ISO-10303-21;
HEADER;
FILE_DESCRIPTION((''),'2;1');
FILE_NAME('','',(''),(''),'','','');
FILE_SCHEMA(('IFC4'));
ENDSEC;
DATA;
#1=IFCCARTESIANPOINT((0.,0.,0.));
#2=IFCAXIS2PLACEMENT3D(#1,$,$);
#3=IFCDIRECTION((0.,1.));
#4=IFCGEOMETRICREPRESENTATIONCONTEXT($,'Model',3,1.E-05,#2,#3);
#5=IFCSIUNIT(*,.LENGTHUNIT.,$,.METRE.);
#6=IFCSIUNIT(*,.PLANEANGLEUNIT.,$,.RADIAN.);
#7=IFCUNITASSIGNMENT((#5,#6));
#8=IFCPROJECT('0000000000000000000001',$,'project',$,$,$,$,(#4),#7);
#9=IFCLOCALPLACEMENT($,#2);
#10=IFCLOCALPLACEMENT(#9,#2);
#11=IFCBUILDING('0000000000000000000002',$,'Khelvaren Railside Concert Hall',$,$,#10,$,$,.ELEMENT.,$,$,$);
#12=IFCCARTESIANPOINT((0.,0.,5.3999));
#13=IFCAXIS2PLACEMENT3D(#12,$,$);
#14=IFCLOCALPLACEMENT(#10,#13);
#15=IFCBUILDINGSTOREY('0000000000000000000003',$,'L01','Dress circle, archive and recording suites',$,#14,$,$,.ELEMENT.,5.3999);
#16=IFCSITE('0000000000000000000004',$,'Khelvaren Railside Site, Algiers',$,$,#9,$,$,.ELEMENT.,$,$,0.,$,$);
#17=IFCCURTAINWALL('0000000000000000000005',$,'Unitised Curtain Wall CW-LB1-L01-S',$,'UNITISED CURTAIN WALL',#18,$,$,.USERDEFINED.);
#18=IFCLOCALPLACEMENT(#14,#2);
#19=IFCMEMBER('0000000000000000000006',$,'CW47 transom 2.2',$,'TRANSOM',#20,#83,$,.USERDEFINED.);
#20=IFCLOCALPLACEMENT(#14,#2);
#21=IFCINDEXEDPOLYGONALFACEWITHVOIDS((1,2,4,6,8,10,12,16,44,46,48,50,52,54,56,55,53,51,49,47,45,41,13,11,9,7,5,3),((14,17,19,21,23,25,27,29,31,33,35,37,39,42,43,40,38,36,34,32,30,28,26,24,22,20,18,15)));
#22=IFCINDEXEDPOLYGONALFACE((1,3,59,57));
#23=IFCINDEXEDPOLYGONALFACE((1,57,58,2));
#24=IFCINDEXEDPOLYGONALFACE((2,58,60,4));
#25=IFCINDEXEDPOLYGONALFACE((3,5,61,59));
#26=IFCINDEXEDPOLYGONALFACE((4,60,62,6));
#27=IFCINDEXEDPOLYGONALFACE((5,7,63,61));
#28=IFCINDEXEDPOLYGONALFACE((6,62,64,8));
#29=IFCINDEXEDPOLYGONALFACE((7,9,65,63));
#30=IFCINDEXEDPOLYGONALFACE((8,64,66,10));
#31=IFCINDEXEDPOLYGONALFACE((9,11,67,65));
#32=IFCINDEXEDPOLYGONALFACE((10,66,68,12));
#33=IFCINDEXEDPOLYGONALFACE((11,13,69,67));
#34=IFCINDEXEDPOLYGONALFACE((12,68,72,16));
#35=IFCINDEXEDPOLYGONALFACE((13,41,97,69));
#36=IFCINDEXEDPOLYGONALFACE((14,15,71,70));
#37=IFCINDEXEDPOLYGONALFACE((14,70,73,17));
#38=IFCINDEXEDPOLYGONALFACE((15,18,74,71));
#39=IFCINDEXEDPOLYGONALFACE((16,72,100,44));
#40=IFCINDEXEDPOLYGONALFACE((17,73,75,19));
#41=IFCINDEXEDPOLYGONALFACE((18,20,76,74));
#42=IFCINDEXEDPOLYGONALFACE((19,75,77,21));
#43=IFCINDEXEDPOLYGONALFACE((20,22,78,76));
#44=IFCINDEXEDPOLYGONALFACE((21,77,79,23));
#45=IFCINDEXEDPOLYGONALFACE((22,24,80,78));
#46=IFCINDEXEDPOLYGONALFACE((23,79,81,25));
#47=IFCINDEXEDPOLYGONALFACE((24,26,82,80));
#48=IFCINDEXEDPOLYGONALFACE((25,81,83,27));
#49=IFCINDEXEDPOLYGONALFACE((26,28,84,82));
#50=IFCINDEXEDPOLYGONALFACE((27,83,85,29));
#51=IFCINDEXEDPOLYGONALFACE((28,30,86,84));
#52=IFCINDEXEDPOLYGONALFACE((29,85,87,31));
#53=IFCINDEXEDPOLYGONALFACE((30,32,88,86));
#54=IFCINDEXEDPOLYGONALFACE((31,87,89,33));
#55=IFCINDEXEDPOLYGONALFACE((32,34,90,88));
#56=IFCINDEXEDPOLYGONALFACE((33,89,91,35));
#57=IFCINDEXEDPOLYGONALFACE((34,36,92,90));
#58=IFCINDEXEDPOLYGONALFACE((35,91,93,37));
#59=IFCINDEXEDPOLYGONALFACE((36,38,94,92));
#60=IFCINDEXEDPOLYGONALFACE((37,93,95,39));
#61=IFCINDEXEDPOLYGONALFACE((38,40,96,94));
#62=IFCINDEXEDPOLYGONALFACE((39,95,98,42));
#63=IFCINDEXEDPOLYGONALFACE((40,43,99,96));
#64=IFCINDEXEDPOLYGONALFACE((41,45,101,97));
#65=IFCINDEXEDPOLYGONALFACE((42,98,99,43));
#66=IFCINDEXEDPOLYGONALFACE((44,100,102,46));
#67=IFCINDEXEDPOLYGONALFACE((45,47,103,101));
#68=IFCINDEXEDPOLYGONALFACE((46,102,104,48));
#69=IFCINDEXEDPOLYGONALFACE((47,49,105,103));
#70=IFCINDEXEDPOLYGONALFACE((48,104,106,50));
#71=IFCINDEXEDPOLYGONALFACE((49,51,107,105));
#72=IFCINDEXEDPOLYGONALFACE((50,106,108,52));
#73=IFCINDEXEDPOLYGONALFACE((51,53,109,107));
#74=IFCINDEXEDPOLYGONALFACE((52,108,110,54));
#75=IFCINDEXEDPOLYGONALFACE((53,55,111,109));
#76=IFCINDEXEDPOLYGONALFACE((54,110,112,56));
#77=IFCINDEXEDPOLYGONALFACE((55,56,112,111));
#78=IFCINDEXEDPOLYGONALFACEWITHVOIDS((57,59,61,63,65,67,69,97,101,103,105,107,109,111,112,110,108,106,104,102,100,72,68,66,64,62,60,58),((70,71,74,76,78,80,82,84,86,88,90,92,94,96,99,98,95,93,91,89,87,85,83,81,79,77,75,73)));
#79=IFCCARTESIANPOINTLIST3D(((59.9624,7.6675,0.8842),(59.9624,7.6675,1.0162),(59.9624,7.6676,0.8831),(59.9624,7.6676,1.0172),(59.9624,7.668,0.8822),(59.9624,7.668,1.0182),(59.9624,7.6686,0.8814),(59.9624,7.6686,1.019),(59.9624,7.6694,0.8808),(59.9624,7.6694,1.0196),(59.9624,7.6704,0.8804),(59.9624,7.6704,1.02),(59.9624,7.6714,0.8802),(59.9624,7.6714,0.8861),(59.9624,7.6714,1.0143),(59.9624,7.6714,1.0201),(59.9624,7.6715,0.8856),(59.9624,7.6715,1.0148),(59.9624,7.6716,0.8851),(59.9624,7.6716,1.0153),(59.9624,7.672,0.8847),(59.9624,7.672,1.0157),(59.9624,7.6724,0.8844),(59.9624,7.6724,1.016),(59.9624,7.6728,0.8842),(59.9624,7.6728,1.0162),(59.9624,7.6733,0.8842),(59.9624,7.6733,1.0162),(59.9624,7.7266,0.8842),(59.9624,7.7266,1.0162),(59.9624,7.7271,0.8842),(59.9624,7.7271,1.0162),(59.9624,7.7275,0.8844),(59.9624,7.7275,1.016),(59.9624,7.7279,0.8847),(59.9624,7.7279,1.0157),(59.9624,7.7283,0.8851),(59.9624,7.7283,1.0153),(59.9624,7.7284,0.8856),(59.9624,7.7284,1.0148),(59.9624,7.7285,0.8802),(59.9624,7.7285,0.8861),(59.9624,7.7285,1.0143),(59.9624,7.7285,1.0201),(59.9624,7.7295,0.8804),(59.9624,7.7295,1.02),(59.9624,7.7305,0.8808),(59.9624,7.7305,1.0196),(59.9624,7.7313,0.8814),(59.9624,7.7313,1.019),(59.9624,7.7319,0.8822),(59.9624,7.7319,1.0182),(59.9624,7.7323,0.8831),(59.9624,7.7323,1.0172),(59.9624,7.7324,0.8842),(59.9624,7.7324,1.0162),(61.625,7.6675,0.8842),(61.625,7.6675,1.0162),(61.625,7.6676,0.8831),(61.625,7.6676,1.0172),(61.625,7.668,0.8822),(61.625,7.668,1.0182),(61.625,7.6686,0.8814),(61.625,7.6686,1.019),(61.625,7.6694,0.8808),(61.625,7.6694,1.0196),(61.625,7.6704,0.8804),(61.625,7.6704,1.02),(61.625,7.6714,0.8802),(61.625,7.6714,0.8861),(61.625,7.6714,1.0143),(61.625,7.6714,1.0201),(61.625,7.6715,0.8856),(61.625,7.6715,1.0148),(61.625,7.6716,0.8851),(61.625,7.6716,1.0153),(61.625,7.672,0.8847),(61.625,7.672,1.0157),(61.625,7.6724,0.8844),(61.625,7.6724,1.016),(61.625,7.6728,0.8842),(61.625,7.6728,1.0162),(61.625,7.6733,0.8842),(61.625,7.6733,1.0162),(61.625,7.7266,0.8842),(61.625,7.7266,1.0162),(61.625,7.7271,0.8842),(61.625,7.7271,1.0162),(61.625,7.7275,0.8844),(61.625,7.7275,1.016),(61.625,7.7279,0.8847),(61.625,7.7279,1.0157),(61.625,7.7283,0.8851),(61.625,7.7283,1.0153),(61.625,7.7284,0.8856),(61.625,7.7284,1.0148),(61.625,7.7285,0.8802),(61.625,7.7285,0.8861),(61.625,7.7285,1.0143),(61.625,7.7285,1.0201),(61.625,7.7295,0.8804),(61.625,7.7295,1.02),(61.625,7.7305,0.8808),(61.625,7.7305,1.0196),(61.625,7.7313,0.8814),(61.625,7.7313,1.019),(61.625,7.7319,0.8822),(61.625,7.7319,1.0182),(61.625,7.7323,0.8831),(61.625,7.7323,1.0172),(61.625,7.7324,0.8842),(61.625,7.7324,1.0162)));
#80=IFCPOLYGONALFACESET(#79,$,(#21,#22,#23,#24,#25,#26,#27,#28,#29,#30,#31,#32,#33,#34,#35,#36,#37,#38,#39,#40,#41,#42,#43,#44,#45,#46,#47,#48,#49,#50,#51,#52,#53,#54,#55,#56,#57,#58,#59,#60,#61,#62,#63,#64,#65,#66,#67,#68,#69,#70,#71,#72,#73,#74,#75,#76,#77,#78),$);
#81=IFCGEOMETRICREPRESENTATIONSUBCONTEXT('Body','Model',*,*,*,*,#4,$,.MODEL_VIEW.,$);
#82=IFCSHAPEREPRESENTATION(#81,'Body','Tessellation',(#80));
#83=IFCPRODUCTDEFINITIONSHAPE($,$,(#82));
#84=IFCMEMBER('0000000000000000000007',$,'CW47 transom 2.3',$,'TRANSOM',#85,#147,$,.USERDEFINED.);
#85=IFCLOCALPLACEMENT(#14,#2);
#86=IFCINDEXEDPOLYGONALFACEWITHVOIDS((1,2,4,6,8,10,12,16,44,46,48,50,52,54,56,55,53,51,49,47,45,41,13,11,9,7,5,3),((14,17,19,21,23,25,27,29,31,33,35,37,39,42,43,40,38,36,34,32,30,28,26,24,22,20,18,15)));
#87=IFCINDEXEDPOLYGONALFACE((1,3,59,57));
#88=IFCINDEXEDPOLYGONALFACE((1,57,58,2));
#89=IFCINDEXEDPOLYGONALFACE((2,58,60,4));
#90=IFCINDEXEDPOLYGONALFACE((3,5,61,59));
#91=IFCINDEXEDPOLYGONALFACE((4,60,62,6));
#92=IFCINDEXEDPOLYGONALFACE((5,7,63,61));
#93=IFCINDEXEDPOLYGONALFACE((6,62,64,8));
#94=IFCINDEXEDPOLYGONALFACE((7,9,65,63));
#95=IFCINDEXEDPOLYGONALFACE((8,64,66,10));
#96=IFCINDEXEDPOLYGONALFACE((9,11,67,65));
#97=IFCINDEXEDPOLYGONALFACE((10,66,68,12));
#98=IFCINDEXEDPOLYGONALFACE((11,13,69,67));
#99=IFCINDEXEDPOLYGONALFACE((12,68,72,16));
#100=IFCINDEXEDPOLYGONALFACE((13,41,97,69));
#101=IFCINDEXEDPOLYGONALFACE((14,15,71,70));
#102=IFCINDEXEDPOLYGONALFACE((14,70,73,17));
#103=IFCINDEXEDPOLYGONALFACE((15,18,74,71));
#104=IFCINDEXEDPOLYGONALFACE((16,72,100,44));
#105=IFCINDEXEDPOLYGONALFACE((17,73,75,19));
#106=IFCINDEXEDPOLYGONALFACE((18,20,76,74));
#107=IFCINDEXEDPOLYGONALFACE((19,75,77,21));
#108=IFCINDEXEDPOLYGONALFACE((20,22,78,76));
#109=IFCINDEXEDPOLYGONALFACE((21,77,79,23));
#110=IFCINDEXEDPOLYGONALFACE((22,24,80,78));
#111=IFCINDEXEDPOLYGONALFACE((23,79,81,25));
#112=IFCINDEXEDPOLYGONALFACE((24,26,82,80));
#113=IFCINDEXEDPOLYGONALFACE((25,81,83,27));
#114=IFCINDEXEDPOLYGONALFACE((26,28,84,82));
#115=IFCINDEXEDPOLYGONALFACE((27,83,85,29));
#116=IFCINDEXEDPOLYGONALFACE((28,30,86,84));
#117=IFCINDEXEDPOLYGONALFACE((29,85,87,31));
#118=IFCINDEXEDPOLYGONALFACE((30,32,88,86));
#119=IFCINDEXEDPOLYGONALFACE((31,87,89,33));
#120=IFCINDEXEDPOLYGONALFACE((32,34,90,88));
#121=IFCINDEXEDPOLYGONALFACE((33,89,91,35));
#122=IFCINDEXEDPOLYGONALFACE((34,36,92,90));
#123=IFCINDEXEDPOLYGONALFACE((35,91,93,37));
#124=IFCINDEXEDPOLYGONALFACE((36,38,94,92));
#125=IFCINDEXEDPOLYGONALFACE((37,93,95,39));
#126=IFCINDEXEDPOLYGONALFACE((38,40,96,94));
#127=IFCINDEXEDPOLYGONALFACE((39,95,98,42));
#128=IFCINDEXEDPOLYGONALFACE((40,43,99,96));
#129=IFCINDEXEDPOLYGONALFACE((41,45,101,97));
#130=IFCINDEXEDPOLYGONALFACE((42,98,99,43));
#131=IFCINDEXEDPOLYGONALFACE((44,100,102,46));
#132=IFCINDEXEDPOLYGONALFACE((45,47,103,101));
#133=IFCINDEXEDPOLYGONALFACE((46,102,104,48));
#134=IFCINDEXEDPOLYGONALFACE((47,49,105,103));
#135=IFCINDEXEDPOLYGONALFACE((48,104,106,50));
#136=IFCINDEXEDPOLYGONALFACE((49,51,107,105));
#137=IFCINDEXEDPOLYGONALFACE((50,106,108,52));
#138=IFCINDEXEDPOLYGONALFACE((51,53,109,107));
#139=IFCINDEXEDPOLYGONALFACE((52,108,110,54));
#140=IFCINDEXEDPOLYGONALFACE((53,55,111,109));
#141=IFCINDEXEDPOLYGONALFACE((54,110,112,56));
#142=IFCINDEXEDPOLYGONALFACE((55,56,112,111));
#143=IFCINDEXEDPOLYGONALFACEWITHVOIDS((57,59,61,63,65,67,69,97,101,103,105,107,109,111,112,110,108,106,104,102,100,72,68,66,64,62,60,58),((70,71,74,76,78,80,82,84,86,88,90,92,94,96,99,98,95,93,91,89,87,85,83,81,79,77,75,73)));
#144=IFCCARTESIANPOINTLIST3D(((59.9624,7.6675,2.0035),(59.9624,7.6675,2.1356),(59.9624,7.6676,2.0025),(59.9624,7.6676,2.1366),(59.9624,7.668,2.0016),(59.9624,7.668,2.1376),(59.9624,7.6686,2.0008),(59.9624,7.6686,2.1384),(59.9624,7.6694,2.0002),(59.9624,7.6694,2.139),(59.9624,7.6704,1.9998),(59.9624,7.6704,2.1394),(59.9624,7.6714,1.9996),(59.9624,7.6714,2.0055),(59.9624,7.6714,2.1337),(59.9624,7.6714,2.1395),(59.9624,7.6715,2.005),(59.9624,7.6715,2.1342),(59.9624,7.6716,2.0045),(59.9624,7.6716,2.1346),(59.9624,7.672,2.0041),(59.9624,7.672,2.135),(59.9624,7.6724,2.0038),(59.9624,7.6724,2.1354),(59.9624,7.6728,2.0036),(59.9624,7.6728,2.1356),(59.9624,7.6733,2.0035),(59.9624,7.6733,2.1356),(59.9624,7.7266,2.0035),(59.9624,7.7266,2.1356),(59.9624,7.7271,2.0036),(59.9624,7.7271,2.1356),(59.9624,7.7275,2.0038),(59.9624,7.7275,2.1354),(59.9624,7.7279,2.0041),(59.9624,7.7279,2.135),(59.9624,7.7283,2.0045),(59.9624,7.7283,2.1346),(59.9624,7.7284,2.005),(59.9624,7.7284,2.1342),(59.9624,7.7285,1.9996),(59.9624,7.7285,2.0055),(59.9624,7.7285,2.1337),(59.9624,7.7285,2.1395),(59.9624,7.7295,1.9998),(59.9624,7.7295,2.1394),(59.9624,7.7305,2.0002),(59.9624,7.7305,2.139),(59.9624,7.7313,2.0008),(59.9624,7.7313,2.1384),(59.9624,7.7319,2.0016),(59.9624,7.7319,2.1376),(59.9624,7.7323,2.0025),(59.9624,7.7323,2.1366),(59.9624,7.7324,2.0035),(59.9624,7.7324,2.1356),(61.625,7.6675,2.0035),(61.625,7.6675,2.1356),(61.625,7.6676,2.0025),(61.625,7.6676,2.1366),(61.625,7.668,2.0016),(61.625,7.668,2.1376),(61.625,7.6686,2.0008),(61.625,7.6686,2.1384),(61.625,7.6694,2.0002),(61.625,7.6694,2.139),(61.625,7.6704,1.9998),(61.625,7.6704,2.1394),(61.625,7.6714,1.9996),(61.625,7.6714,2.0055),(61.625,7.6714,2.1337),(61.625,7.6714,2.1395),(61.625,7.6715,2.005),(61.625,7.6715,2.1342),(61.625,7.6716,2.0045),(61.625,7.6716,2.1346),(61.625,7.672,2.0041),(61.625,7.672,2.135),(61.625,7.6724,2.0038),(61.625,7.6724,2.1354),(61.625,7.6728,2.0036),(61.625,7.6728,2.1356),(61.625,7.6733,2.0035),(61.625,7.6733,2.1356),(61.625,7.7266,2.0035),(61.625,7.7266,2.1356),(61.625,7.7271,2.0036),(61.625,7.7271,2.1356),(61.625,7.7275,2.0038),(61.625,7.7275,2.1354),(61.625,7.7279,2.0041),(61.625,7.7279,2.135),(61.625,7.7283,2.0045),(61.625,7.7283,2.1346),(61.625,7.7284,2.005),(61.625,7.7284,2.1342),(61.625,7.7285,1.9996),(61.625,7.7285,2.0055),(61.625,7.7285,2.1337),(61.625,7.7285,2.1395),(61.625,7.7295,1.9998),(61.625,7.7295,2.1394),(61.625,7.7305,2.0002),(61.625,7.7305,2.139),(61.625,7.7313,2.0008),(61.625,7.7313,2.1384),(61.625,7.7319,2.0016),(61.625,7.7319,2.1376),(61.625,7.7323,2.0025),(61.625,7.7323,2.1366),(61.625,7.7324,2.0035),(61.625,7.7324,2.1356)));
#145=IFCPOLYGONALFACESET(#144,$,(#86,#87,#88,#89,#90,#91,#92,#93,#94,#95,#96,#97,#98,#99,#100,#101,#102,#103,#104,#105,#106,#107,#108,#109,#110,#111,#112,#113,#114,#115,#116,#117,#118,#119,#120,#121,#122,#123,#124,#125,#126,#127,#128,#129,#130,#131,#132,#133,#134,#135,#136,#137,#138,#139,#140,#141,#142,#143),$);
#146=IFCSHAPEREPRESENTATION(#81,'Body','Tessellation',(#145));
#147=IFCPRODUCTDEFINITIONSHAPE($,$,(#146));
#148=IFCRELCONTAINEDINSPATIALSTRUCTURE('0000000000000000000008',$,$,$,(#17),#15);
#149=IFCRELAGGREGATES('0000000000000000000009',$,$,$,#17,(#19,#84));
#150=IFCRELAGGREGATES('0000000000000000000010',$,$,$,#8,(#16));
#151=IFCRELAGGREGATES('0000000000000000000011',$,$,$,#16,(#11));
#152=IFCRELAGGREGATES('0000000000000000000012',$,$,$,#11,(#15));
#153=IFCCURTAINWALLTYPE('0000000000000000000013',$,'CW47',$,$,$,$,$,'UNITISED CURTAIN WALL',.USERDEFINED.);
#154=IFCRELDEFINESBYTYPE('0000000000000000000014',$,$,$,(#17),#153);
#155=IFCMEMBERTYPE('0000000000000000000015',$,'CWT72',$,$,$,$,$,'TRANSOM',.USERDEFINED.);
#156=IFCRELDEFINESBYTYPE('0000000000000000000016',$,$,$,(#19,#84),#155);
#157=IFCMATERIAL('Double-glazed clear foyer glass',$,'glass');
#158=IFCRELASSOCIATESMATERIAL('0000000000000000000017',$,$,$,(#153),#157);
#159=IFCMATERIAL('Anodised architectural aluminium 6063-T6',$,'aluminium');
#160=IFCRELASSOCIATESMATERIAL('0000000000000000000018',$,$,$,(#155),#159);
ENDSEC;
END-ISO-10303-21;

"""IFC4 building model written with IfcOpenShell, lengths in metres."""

from ifc_helpers import new_model, si_unit, direction, frame, origin, origin_2d, place, context, subcontext, project, spatial, hollow_rectangle, extrude, material, material_profile, profile_set, type_object, element, aggregate, save


model = new_model("IFC4")

# Units and contexts
model_context = context("Model", 3, precision=1e-05, world=origin(), true_north=direction((0.0, 1.0)))
body_context = subcontext(model_context, "Body", "Model", "MODEL_VIEW")
ifc_project = project(units=[si_unit("LENGTHUNIT", "METRE"), si_unit("PLANEANGLEUNIT", "RADIAN")], contexts=[model_context])

# Site, building, storey
site_placement = place(None, origin())
site = spatial("IfcSite", under=ifc_project, at=site_placement, Name="Khelvaren Railside Site, Algiers", CompositionType="ELEMENT", RefElevation=0.0)
building_placement = place(site_placement, origin())
building = spatial("IfcBuilding", under=site, at=building_placement, Name="Khelvaren Railside Concert Hall", CompositionType="ELEMENT")
storey_placement = place(building_placement, frame((0.0, 0.0, 5.3999)))
storey = spatial("IfcBuildingStorey", under=building, at=storey_placement, Name="L01", Description="Dress circle, archive and recording suites", CompositionType="ELEMENT", Elevation=5.3999)

# Curtain wall, members
ifc_material_1 = material(Name="Double-glazed clear foyer glass", Category="glass")
curtain_wall_type = type_object("IfcCurtainWallType", Name="CW47", ElementType="UNITISED CURTAIN WALL", PredefinedType="USERDEFINED", material=ifc_material_1)
curtain_wall_placement = place(storey_placement, origin())
curtain_wall = element("IfcCurtainWall", 1, at=curtain_wall_placement, inside=storey, type_object=curtain_wall_type, Name="Unitised Curtain Wall CW-LB1-L01-S", ObjectType="UNITISED CURTAIN WALL", PredefinedType="USERDEFINED")
ifc_material_2 = material(Name="Anodised architectural aluminium 6063-T6", Category="aluminium")
ifc_material_profile_1 = material_profile(ifc_material_2, hollow_rectangle(XDim=0.0649, YDim=0.1399, WallThickness=0.0039, InnerFilletRadius=0.002, OuterFilletRadius=0.0039, at=origin_2d()), Name="CWT 65x140x4")
ifc_profile_set_1 = profile_set([ifc_material_profile_1], Name="Anodised architectural aluminium 6063-T6")
member_type_1 = type_object("IfcMemberType", Name="CWT72", ElementType="TRANSOM", PredefinedType="USERDEFINED", material=ifc_profile_set_1)
member_1_placement = place(storey_placement, frame((61.625, 7.7, 0.9502), z_axis=(-1.0, 0.0, 0.0), x_axis=(0.0, -1.0, 0.0)))
member_1 = element("IfcMember", 2, at=member_1_placement, type_object=member_type_1, Name="CW47 transom 2.2", ObjectType="TRANSOM", PredefinedType="USERDEFINED", context=body_context, shape_type="SweptSolid", body=[
    extrude(hollow_rectangle(XDim=0.0649, YDim=0.1399, WallThickness=0.0039, InnerFilletRadius=0.002, OuterFilletRadius=0.0039, at=origin_2d()), origin(), (0.0, 0.0, 1.0), 1.6626),
])
member_2_placement = place(storey_placement, frame((61.625, 7.7, 2.0696), z_axis=(-1.0, 0.0, 0.0), x_axis=(0.0, -1.0, 0.0)))
member_2 = element("IfcMember", 3, at=member_2_placement, type_object=member_type_1, Name="CW47 transom 2.3", ObjectType="TRANSOM", PredefinedType="USERDEFINED", context=body_context, shape_type="SweptSolid", body=[
    extrude(hollow_rectangle(XDim=0.0649, YDim=0.1399, WallThickness=0.0039, InnerFilletRadius=0.002, OuterFilletRadius=0.0039, at=origin_2d()), origin(), (0.0, 0.0, 1.0), 1.6626),
])

aggregate(curtain_wall, [member_1, member_2])

save(model, "model.ifc")
